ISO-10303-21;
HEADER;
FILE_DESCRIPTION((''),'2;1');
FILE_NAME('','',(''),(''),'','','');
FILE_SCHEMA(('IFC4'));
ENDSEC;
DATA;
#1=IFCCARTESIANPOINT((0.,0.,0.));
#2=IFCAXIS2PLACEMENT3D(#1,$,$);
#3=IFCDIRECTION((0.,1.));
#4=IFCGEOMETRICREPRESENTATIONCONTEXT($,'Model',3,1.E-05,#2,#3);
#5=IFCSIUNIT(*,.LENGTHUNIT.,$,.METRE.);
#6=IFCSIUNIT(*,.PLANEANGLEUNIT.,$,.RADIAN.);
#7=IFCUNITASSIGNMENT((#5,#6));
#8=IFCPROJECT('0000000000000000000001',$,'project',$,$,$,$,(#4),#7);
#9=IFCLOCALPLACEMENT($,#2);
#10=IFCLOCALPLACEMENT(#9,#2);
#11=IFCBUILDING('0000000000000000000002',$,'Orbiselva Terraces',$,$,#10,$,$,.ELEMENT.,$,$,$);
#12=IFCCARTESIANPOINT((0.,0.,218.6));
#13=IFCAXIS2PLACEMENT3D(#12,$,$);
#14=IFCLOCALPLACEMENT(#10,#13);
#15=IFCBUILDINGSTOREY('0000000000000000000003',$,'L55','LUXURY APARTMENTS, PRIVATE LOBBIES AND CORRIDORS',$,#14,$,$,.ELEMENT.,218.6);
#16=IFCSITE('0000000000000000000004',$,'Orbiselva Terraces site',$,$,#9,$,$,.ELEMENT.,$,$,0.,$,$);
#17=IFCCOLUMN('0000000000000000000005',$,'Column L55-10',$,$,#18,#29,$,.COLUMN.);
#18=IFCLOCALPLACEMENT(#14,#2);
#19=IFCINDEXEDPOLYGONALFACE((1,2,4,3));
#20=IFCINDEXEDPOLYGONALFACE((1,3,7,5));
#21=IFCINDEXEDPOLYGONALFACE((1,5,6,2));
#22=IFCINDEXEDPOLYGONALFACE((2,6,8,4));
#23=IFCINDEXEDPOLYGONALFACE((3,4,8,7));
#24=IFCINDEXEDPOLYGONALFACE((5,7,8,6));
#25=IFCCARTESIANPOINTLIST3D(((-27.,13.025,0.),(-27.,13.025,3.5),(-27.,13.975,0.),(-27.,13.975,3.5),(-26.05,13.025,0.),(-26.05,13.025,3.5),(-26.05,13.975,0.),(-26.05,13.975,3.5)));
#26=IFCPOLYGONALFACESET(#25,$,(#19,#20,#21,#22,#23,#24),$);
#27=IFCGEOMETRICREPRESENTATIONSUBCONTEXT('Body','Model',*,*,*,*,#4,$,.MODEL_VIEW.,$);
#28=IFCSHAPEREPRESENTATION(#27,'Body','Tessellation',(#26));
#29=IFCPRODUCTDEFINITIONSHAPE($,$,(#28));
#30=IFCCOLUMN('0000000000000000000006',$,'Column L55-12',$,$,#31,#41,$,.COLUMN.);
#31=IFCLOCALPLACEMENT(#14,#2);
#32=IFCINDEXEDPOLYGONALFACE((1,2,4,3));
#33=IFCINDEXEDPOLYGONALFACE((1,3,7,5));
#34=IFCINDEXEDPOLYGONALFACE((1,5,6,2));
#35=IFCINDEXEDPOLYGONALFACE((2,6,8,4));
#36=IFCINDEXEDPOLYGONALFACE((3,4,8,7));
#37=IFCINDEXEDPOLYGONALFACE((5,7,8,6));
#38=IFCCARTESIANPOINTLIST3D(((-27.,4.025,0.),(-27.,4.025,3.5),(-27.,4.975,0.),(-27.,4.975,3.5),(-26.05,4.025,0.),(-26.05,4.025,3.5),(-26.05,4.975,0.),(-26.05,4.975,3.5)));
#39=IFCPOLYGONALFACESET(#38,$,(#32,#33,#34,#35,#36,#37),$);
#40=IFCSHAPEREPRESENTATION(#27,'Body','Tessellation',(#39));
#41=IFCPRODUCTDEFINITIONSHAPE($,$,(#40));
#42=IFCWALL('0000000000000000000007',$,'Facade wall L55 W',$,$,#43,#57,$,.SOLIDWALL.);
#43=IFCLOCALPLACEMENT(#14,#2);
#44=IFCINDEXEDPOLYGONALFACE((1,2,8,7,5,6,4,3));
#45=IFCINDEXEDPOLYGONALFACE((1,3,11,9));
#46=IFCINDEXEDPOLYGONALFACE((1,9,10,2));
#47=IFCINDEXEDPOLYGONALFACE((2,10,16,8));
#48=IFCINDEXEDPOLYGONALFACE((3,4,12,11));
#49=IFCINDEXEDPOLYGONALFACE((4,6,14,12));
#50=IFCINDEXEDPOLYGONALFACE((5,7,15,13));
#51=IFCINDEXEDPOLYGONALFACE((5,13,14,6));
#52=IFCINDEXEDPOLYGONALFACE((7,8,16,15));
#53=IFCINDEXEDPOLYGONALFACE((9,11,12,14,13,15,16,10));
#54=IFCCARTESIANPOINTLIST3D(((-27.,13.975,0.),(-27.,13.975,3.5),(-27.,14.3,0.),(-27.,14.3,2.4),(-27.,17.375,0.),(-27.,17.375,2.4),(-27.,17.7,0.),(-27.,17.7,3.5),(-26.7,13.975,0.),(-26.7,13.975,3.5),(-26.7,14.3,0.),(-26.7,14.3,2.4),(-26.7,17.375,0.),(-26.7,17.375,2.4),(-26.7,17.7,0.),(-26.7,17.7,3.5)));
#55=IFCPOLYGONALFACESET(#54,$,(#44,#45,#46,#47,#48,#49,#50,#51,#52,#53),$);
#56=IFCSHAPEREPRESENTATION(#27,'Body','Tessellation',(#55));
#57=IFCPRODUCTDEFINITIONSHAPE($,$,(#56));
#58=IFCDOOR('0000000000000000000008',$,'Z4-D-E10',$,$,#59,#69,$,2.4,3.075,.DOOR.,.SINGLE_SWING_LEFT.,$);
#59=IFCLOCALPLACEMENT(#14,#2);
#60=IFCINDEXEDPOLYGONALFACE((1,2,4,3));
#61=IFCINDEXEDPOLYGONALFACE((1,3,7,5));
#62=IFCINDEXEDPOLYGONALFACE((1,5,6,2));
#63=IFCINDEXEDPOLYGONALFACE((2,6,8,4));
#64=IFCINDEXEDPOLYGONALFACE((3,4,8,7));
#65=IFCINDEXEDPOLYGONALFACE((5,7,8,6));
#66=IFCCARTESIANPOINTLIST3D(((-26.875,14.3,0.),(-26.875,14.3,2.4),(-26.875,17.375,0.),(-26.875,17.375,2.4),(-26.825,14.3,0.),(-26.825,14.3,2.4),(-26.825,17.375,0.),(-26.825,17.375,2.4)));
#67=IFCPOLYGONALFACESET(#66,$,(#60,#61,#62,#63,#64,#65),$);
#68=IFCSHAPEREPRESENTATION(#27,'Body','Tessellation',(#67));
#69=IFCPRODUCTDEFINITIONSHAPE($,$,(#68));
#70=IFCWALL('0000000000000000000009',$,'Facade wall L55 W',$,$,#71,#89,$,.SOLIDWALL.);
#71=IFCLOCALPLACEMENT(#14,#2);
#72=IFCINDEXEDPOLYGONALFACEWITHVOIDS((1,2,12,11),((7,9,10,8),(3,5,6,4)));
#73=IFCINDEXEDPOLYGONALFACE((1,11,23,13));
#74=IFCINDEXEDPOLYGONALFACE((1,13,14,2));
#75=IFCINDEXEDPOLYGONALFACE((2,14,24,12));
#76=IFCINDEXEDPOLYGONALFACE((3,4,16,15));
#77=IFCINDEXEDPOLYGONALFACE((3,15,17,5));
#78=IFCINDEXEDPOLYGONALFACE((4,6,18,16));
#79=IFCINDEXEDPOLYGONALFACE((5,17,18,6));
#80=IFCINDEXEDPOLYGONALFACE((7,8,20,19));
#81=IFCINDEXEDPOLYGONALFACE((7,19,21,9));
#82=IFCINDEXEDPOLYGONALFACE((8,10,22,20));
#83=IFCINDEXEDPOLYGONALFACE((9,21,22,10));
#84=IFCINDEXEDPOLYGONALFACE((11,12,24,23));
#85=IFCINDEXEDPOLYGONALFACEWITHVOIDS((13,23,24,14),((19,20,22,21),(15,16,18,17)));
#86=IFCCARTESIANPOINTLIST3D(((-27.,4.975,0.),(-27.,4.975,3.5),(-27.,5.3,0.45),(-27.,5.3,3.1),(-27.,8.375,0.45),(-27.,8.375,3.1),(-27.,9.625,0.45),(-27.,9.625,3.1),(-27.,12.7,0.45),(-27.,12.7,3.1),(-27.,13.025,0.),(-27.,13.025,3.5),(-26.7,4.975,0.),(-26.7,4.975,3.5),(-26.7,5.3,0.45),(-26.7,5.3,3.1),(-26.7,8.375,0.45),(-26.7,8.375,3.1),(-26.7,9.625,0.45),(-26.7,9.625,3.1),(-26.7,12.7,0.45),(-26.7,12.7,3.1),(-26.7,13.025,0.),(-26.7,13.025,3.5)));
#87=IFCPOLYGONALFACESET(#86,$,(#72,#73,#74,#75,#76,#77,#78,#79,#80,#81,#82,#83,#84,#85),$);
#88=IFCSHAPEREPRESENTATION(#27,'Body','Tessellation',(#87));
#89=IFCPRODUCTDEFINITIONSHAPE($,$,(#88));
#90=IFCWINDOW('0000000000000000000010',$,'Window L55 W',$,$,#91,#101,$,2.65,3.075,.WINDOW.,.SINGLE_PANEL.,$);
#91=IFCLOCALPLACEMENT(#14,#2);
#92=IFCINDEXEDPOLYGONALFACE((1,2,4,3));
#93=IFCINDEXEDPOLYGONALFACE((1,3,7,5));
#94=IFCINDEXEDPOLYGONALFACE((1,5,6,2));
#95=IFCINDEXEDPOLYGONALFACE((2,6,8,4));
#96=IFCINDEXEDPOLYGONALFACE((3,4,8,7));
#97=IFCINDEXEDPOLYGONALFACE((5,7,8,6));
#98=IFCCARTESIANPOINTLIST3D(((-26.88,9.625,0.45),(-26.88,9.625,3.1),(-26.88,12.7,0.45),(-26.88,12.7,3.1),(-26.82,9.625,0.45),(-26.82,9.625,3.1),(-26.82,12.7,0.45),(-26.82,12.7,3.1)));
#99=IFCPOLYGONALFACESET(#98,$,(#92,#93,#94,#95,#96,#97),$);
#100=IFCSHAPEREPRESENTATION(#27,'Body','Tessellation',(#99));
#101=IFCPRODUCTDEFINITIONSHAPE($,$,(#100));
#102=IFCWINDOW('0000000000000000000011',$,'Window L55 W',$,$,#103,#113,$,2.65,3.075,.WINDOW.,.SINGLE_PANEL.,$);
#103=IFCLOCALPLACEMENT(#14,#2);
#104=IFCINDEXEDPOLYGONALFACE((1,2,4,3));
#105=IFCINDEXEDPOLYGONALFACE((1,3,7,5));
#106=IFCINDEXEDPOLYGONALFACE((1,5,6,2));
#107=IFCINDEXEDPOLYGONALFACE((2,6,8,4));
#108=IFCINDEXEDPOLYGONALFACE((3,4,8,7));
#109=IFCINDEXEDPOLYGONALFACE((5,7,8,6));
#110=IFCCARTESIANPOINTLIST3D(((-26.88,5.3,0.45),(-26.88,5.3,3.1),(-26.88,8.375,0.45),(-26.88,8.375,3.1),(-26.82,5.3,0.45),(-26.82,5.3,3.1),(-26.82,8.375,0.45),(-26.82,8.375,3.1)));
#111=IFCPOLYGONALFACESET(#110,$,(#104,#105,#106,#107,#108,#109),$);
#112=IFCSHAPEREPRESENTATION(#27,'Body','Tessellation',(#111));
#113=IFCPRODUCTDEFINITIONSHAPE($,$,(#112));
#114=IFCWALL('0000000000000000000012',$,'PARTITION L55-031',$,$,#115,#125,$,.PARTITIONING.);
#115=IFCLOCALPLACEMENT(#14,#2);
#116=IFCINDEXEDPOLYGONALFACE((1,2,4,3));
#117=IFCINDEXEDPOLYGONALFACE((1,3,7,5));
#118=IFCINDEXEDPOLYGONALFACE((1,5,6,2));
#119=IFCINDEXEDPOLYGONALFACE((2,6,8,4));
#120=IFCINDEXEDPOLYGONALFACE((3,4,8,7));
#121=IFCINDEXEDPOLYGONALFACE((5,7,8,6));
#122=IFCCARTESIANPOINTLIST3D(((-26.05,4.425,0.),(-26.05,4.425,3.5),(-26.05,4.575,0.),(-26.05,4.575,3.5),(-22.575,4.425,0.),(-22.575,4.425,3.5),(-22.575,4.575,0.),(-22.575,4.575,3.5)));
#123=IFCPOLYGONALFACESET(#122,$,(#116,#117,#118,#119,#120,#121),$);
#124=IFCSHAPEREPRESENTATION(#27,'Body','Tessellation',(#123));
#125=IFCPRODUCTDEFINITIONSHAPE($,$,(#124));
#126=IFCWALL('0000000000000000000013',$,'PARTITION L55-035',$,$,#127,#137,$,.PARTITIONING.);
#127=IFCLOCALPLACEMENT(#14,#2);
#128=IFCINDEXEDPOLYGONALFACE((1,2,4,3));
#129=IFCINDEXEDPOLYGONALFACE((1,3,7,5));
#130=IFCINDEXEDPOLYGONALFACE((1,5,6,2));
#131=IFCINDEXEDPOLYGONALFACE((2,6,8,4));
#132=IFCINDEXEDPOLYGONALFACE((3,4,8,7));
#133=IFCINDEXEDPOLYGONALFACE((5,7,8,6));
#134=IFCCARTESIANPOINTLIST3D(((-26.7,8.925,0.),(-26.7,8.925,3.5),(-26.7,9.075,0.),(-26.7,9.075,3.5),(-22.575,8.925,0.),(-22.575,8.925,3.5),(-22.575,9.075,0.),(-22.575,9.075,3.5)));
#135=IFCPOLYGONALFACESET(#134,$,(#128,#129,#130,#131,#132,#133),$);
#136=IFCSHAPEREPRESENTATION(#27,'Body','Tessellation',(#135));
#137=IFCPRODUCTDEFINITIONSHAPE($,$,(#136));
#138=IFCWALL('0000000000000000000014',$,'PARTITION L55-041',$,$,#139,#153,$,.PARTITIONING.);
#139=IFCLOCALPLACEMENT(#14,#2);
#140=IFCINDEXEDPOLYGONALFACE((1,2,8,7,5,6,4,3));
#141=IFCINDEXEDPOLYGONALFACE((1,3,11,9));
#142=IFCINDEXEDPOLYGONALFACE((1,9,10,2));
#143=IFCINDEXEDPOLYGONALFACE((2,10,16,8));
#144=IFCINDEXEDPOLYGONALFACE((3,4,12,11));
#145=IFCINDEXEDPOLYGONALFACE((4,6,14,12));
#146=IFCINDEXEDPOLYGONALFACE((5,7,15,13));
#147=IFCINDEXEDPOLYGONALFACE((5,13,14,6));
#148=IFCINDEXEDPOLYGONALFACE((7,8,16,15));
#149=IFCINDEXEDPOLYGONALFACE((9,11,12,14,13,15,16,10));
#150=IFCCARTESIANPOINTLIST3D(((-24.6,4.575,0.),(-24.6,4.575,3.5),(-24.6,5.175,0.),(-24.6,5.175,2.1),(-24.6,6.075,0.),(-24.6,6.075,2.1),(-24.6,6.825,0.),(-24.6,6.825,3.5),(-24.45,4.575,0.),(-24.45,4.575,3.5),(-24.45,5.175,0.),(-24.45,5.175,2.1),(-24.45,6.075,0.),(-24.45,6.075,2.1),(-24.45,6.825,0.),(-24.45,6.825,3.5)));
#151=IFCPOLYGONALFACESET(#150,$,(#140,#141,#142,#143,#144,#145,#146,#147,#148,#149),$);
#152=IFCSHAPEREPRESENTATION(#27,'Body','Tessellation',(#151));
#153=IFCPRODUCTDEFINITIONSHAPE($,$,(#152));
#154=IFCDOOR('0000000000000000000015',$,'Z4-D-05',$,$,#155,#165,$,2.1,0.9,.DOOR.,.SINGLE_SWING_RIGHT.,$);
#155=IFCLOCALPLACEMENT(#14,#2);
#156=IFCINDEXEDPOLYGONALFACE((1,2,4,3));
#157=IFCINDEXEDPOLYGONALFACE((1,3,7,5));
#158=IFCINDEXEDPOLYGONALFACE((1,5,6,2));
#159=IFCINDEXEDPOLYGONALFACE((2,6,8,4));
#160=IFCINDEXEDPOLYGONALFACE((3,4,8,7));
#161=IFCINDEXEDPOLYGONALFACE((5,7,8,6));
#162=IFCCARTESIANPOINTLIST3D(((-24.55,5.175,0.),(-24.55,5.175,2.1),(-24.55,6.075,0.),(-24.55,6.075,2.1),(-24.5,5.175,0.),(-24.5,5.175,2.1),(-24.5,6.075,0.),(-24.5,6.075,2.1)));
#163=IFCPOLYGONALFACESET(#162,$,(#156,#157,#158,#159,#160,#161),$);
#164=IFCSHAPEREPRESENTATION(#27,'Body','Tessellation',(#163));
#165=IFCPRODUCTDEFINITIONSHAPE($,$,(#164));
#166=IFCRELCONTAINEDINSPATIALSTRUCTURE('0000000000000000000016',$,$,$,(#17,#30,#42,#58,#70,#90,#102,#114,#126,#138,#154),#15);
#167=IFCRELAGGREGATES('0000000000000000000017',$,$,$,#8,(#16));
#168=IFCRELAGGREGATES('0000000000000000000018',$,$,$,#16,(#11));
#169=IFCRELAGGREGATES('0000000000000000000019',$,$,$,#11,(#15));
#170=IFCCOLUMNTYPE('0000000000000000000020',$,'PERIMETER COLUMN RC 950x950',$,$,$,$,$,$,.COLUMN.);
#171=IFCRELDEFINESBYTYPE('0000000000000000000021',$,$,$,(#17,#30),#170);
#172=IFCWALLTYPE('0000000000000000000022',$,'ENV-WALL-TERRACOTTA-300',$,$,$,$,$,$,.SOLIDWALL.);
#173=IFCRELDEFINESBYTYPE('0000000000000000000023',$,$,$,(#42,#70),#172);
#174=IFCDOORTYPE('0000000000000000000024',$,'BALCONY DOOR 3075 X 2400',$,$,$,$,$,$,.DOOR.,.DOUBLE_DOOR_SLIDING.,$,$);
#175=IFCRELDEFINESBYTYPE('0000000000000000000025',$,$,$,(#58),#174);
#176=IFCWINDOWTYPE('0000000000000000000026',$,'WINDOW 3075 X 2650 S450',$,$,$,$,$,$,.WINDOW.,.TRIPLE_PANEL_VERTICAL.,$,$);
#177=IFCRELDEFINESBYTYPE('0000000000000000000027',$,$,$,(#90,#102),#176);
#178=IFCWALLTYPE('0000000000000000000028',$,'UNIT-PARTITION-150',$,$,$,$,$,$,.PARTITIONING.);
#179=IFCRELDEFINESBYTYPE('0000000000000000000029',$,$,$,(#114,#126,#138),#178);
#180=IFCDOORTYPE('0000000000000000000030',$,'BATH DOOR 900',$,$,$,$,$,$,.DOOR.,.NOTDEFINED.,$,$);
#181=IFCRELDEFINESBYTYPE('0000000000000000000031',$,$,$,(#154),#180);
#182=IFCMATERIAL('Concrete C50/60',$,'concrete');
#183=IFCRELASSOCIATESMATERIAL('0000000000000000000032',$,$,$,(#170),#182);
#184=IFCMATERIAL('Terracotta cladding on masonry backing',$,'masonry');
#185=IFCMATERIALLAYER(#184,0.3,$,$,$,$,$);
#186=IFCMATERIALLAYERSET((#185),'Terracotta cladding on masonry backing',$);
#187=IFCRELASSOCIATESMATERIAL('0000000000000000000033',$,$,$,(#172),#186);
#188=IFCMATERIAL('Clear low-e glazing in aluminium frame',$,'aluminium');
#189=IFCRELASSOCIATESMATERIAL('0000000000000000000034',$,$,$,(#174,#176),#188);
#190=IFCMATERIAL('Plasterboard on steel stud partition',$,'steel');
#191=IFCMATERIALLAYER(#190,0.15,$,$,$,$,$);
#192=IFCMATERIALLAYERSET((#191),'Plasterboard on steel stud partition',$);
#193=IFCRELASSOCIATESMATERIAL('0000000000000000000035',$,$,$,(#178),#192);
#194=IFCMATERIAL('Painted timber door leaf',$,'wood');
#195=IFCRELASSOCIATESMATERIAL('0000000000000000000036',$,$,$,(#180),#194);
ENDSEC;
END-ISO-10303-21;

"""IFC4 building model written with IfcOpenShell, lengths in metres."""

from ifc_helpers import new_model, si_unit, direction, frame, frame_2d, origin, origin_2d, place, context, subcontext, project, spatial, rectangle, extrude, material, layer, layer_set, material_profile, profile_set, type_object, element, fill, save


model = new_model("IFC4")

# Units and contexts
model_context = context("Model", 3, precision=1e-05, world=origin(), true_north=direction((0.0, 1.0)))
body_context = subcontext(model_context, "Body", "Model", "MODEL_VIEW")
ifc_project = project(units=[si_unit("LENGTHUNIT", "METRE"), si_unit("PLANEANGLEUNIT", "RADIAN")], contexts=[model_context])

# Site, building, storey
site_placement = place(None, origin())
site = spatial("IfcSite", under=ifc_project, at=site_placement, Name="Orbiselva Terraces site", CompositionType="ELEMENT", RefElevation=0.0)
building_placement = place(site_placement, origin())
building = spatial("IfcBuilding", under=site, at=building_placement, Name="Orbiselva Terraces", CompositionType="ELEMENT")
storey_placement = place(building_placement, frame((0.0, 0.0, 218.6)))
storey = spatial("IfcBuildingStorey", under=building, at=storey_placement, Name="L55", Description="LUXURY APARTMENTS, PRIVATE LOBBIES AND CORRIDORS", CompositionType="ELEMENT", Elevation=218.6)

# Columns
ifc_material_1 = material(Name="Concrete C50/60", Category="concrete")
ifc_material_profile = material_profile(ifc_material_1, rectangle(XDim=0.95, YDim=0.95, at=origin_2d()), Name="RC 950x950")
ifc_profile_set = profile_set([ifc_material_profile], Name="Concrete C50/60")
column_type = type_object("IfcColumnType", Name="PERIMETER COLUMN RC 950x950", PredefinedType="COLUMN", material=ifc_profile_set)
for number, where, z_axis, x_axis, name in (
    (1, (-26.525, 13.5, 0.0), (0.0, 0.0, 1.0), (1.0, 0.0, 0.0), "Column L55-10"),
    (2, (-26.525, 4.5, 0.0), (0.0, 0.0, 1.0), (1.0, 0.0, 0.0), "Column L55-12"),
):
    element("IfcColumn", number, at=place(storey_placement, frame(where, z_axis=z_axis, x_axis=x_axis)), inside=storey, type_object=column_type, Name=name, PredefinedType="COLUMN", context=body_context, shape_type="SweptSolid", body=[
        extrude(rectangle(XDim=0.95, YDim=0.95, at=origin_2d()), origin(), (0.0, 0.0, 1.0), 3.5),
    ])

# Wall, opening, door
ifc_material_2 = material(Name="Terracotta cladding on masonry backing", Category="masonry")
ifc_layer_1 = layer(ifc_material_2, 0.3)
ifc_layer_set_1 = layer_set([ifc_layer_1], Name="Terracotta cladding on masonry backing")
wall_type_1 = type_object("IfcWallType", Name="ENV-WALL-TERRACOTTA-300", PredefinedType="SOLIDWALL", material=ifc_layer_set_1)
wall_1_placement = place(storey_placement, frame((-26.85, 13.975, 0.0), z_axis=(0.0, 0.0, 1.0), x_axis=(0.0, 1.0, 0.0)))
wall_1 = element("IfcWall", 3, at=wall_1_placement, inside=storey, type_object=wall_type_1, Name="Facade wall L55 W", PredefinedType="SOLIDWALL", context=body_context, shape_type="SweptSolid", body=[
    extrude(rectangle(XDim=3.725, YDim=0.3, at=frame_2d((1.8625, 0.0))), origin(), (0.0, 0.0, 1.0), 3.5),
])
opening_1_placement = place(wall_1_placement, frame((0.325, 0.0, 0.0)))
opening_1 = element("IfcOpeningElement", 4, at=opening_1_placement, cuts=wall_1, PredefinedType="OPENING", context=body_context, shape_type="SweptSolid", body=[
    extrude(rectangle(XDim=3.075, YDim=2.4, at=frame_2d((1.5375, 1.2))), frame((0.0, 0.16, 0.0), z_axis=(0.0, -1.0, 0.0), x_axis=(1.0, 0.0, 0.0)), (0.0, 0.0, 1.0), 0.32),
])
ifc_material_3 = material(Name="Clear low-e glazing in aluminium frame", Category="aluminium")
door_type_1 = type_object("IfcDoorType", Name="BALCONY DOOR 3075 X 2400", OperationType="DOUBLE_DOOR_SLIDING", PredefinedType="DOOR", material=ifc_material_3)
door_1_placement = place(opening_1_placement, origin())
door_1 = element("IfcDoor", 5, at=door_1_placement, inside=storey, type_object=door_type_1, Name="Z4-D-E10", OperationType="SINGLE_SWING_LEFT", OverallHeight=2.4, OverallWidth=3.075, PredefinedType="DOOR", context=body_context, shape_type="SweptSolid", body=[
    extrude(rectangle(XDim=3.075, YDim=2.4, at=frame_2d((1.5375, 1.2))), frame((0.0, 0.025, 0.0), z_axis=(0.0, -1.0, 0.0), x_axis=(1.0, 0.0, 0.0)), (0.0, 0.0, 1.0), 0.05),
])
fill(opening_1, door_1)

# Wall, openings, windows
wall_2_placement = place(storey_placement, frame((-26.85, 4.975, 0.0), z_axis=(0.0, 0.0, 1.0), x_axis=(0.0, 1.0, 0.0)))
wall_2 = element("IfcWall", 6, at=wall_2_placement, inside=storey, type_object=wall_type_1, Name="Facade wall L55 W", PredefinedType="SOLIDWALL", context=body_context, shape_type="SweptSolid", body=[
    extrude(rectangle(XDim=8.05, YDim=0.3, at=frame_2d((4.025, 0.0))), origin(), (0.0, 0.0, 1.0), 3.5),
])
opening_2_placement = place(wall_2_placement, frame((4.65, 0.0, 0.45)))
opening_2 = element("IfcOpeningElement", 7, at=opening_2_placement, cuts=wall_2, PredefinedType="OPENING", context=body_context, shape_type="SweptSolid", body=[
    extrude(rectangle(XDim=3.075, YDim=2.65, at=frame_2d((1.5375, 1.325))), frame((0.0, 0.16, 0.0), z_axis=(0.0, -1.0, 0.0), x_axis=(1.0, 0.0, 0.0)), (0.0, 0.0, 1.0), 0.32),
])
opening_3_placement = place(wall_2_placement, frame((0.325, 0.0, 0.45)))
opening_3 = element("IfcOpeningElement", 8, at=opening_3_placement, cuts=wall_2, PredefinedType="OPENING", context=body_context, shape_type="SweptSolid", body=[
    extrude(rectangle(XDim=3.075, YDim=2.65, at=frame_2d((1.5375, 1.325))), frame((0.0, 0.16, 0.0), z_axis=(0.0, -1.0, 0.0), x_axis=(1.0, 0.0, 0.0)), (0.0, 0.0, 1.0), 0.32),
])
window_type = type_object("IfcWindowType", Name="WINDOW 3075 X 2650 S450", PartitioningType="TRIPLE_PANEL_VERTICAL", PredefinedType="WINDOW", material=ifc_material_3)
window_1_placement = place(opening_2_placement, origin())
window_1 = element("IfcWindow", 9, at=window_1_placement, inside=storey, type_object=window_type, Name="Window L55 W", OverallHeight=2.65, OverallWidth=3.075, PartitioningType="SINGLE_PANEL", PredefinedType="WINDOW", context=body_context, shape_type="SweptSolid", body=[
    extrude(rectangle(XDim=3.075, YDim=2.65, at=frame_2d((1.5375, 1.325))), frame((0.0, 0.03, 0.0), z_axis=(0.0, -1.0, 0.0), x_axis=(1.0, 0.0, 0.0)), (0.0, 0.0, 1.0), 0.06),
])
fill(opening_2, window_1)
window_2_placement = place(opening_3_placement, origin())
window_2 = element("IfcWindow", 10, at=window_2_placement, inside=storey, type_object=window_type, Name="Window L55 W", OverallHeight=2.65, OverallWidth=3.075, PartitioningType="SINGLE_PANEL", PredefinedType="WINDOW", context=body_context, shape_type="SweptSolid", body=[
    extrude(rectangle(XDim=3.075, YDim=2.65, at=frame_2d((1.5375, 1.325))), frame((0.0, 0.03, 0.0), z_axis=(0.0, -1.0, 0.0), x_axis=(1.0, 0.0, 0.0)), (0.0, 0.0, 1.0), 0.06),
])
fill(opening_3, window_2)

# Walls
ifc_material_4 = material(Name="Plasterboard on steel stud partition", Category="steel")
ifc_layer_2 = layer(ifc_material_4, 0.15)
ifc_layer_set_2 = layer_set([ifc_layer_2], Name="Plasterboard on steel stud partition")
wall_type_2 = type_object("IfcWallType", Name="UNIT-PARTITION-150", PredefinedType="PARTITIONING", material=ifc_layer_set_2)
wall_3_placement = place(storey_placement, frame((-26.05, 4.5, 0.0), z_axis=(0.0, 0.0, 1.0), x_axis=(1.0, 0.0, 0.0)))
element("IfcWall", 11, at=wall_3_placement, inside=storey, type_object=wall_type_2, Name="PARTITION L55-031", PredefinedType="PARTITIONING", context=body_context, shape_type="SweptSolid", body=[
    extrude(rectangle(XDim=3.475, YDim=0.15, at=frame_2d((1.7375, 0.0))), origin(), (0.0, 0.0, 1.0), 3.5),
])
wall_4_placement = place(storey_placement, frame((-26.7, 9.0, 0.0), z_axis=(0.0, 0.0, 1.0), x_axis=(1.0, 0.0, 0.0)))
element("IfcWall", 12, at=wall_4_placement, inside=storey, type_object=wall_type_2, Name="PARTITION L55-035", PredefinedType="PARTITIONING", context=body_context, shape_type="SweptSolid", body=[
    extrude(rectangle(XDim=4.125, YDim=0.15, at=frame_2d((2.0625, 0.0))), origin(), (0.0, 0.0, 1.0), 3.5),
])

# Wall, opening, door
wall_5_placement = place(storey_placement, frame((-24.525, 6.825, 0.0), z_axis=(0.0, 0.0, 1.0), x_axis=(0.0, -1.0, 0.0)))
wall_5 = element("IfcWall", 13, at=wall_5_placement, inside=storey, type_object=wall_type_2, Name="PARTITION L55-041", PredefinedType="PARTITIONING", context=body_context, shape_type="SweptSolid", body=[
    extrude(rectangle(XDim=2.25, YDim=0.15, at=frame_2d((1.125, 0.0))), origin(), (0.0, 0.0, 1.0), 3.5),
])
opening_4_placement = place(wall_5_placement, frame((0.75, 0.0, 0.0)))
opening_4 = element("IfcOpeningElement", 14, at=opening_4_placement, cuts=wall_5, PredefinedType="OPENING", context=body_context, shape_type="SweptSolid", body=[
    extrude(rectangle(XDim=0.9, YDim=2.1, at=frame_2d((0.45, 1.05))), frame((0.0, 0.085, 0.0), z_axis=(0.0, -1.0, 0.0), x_axis=(1.0, 0.0, 0.0)), (0.0, 0.0, 1.0), 0.17),
])
ifc_material_5 = material(Name="Painted timber door leaf", Category="wood")
door_type_2 = type_object("IfcDoorType", Name="BATH DOOR 900", OperationType="NOTDEFINED", PredefinedType="DOOR", material=ifc_material_5)
door_2_placement = place(opening_4_placement, origin())
door_2 = element("IfcDoor", 15, at=door_2_placement, inside=storey, type_object=door_type_2, Name="Z4-D-05", OperationType="SINGLE_SWING_RIGHT", OverallHeight=2.1, OverallWidth=0.9, PredefinedType="DOOR", context=body_context, shape_type="SweptSolid", body=[
    extrude(rectangle(XDim=0.9, YDim=2.1, at=frame_2d((0.45, 1.05))), frame((0.0, 0.025, 0.0), z_axis=(0.0, -1.0, 0.0), x_axis=(1.0, 0.0, 0.0)), (0.0, 0.0, 1.0), 0.05),
])
fill(opening_4, door_2)

save(model, "model.ifc")
